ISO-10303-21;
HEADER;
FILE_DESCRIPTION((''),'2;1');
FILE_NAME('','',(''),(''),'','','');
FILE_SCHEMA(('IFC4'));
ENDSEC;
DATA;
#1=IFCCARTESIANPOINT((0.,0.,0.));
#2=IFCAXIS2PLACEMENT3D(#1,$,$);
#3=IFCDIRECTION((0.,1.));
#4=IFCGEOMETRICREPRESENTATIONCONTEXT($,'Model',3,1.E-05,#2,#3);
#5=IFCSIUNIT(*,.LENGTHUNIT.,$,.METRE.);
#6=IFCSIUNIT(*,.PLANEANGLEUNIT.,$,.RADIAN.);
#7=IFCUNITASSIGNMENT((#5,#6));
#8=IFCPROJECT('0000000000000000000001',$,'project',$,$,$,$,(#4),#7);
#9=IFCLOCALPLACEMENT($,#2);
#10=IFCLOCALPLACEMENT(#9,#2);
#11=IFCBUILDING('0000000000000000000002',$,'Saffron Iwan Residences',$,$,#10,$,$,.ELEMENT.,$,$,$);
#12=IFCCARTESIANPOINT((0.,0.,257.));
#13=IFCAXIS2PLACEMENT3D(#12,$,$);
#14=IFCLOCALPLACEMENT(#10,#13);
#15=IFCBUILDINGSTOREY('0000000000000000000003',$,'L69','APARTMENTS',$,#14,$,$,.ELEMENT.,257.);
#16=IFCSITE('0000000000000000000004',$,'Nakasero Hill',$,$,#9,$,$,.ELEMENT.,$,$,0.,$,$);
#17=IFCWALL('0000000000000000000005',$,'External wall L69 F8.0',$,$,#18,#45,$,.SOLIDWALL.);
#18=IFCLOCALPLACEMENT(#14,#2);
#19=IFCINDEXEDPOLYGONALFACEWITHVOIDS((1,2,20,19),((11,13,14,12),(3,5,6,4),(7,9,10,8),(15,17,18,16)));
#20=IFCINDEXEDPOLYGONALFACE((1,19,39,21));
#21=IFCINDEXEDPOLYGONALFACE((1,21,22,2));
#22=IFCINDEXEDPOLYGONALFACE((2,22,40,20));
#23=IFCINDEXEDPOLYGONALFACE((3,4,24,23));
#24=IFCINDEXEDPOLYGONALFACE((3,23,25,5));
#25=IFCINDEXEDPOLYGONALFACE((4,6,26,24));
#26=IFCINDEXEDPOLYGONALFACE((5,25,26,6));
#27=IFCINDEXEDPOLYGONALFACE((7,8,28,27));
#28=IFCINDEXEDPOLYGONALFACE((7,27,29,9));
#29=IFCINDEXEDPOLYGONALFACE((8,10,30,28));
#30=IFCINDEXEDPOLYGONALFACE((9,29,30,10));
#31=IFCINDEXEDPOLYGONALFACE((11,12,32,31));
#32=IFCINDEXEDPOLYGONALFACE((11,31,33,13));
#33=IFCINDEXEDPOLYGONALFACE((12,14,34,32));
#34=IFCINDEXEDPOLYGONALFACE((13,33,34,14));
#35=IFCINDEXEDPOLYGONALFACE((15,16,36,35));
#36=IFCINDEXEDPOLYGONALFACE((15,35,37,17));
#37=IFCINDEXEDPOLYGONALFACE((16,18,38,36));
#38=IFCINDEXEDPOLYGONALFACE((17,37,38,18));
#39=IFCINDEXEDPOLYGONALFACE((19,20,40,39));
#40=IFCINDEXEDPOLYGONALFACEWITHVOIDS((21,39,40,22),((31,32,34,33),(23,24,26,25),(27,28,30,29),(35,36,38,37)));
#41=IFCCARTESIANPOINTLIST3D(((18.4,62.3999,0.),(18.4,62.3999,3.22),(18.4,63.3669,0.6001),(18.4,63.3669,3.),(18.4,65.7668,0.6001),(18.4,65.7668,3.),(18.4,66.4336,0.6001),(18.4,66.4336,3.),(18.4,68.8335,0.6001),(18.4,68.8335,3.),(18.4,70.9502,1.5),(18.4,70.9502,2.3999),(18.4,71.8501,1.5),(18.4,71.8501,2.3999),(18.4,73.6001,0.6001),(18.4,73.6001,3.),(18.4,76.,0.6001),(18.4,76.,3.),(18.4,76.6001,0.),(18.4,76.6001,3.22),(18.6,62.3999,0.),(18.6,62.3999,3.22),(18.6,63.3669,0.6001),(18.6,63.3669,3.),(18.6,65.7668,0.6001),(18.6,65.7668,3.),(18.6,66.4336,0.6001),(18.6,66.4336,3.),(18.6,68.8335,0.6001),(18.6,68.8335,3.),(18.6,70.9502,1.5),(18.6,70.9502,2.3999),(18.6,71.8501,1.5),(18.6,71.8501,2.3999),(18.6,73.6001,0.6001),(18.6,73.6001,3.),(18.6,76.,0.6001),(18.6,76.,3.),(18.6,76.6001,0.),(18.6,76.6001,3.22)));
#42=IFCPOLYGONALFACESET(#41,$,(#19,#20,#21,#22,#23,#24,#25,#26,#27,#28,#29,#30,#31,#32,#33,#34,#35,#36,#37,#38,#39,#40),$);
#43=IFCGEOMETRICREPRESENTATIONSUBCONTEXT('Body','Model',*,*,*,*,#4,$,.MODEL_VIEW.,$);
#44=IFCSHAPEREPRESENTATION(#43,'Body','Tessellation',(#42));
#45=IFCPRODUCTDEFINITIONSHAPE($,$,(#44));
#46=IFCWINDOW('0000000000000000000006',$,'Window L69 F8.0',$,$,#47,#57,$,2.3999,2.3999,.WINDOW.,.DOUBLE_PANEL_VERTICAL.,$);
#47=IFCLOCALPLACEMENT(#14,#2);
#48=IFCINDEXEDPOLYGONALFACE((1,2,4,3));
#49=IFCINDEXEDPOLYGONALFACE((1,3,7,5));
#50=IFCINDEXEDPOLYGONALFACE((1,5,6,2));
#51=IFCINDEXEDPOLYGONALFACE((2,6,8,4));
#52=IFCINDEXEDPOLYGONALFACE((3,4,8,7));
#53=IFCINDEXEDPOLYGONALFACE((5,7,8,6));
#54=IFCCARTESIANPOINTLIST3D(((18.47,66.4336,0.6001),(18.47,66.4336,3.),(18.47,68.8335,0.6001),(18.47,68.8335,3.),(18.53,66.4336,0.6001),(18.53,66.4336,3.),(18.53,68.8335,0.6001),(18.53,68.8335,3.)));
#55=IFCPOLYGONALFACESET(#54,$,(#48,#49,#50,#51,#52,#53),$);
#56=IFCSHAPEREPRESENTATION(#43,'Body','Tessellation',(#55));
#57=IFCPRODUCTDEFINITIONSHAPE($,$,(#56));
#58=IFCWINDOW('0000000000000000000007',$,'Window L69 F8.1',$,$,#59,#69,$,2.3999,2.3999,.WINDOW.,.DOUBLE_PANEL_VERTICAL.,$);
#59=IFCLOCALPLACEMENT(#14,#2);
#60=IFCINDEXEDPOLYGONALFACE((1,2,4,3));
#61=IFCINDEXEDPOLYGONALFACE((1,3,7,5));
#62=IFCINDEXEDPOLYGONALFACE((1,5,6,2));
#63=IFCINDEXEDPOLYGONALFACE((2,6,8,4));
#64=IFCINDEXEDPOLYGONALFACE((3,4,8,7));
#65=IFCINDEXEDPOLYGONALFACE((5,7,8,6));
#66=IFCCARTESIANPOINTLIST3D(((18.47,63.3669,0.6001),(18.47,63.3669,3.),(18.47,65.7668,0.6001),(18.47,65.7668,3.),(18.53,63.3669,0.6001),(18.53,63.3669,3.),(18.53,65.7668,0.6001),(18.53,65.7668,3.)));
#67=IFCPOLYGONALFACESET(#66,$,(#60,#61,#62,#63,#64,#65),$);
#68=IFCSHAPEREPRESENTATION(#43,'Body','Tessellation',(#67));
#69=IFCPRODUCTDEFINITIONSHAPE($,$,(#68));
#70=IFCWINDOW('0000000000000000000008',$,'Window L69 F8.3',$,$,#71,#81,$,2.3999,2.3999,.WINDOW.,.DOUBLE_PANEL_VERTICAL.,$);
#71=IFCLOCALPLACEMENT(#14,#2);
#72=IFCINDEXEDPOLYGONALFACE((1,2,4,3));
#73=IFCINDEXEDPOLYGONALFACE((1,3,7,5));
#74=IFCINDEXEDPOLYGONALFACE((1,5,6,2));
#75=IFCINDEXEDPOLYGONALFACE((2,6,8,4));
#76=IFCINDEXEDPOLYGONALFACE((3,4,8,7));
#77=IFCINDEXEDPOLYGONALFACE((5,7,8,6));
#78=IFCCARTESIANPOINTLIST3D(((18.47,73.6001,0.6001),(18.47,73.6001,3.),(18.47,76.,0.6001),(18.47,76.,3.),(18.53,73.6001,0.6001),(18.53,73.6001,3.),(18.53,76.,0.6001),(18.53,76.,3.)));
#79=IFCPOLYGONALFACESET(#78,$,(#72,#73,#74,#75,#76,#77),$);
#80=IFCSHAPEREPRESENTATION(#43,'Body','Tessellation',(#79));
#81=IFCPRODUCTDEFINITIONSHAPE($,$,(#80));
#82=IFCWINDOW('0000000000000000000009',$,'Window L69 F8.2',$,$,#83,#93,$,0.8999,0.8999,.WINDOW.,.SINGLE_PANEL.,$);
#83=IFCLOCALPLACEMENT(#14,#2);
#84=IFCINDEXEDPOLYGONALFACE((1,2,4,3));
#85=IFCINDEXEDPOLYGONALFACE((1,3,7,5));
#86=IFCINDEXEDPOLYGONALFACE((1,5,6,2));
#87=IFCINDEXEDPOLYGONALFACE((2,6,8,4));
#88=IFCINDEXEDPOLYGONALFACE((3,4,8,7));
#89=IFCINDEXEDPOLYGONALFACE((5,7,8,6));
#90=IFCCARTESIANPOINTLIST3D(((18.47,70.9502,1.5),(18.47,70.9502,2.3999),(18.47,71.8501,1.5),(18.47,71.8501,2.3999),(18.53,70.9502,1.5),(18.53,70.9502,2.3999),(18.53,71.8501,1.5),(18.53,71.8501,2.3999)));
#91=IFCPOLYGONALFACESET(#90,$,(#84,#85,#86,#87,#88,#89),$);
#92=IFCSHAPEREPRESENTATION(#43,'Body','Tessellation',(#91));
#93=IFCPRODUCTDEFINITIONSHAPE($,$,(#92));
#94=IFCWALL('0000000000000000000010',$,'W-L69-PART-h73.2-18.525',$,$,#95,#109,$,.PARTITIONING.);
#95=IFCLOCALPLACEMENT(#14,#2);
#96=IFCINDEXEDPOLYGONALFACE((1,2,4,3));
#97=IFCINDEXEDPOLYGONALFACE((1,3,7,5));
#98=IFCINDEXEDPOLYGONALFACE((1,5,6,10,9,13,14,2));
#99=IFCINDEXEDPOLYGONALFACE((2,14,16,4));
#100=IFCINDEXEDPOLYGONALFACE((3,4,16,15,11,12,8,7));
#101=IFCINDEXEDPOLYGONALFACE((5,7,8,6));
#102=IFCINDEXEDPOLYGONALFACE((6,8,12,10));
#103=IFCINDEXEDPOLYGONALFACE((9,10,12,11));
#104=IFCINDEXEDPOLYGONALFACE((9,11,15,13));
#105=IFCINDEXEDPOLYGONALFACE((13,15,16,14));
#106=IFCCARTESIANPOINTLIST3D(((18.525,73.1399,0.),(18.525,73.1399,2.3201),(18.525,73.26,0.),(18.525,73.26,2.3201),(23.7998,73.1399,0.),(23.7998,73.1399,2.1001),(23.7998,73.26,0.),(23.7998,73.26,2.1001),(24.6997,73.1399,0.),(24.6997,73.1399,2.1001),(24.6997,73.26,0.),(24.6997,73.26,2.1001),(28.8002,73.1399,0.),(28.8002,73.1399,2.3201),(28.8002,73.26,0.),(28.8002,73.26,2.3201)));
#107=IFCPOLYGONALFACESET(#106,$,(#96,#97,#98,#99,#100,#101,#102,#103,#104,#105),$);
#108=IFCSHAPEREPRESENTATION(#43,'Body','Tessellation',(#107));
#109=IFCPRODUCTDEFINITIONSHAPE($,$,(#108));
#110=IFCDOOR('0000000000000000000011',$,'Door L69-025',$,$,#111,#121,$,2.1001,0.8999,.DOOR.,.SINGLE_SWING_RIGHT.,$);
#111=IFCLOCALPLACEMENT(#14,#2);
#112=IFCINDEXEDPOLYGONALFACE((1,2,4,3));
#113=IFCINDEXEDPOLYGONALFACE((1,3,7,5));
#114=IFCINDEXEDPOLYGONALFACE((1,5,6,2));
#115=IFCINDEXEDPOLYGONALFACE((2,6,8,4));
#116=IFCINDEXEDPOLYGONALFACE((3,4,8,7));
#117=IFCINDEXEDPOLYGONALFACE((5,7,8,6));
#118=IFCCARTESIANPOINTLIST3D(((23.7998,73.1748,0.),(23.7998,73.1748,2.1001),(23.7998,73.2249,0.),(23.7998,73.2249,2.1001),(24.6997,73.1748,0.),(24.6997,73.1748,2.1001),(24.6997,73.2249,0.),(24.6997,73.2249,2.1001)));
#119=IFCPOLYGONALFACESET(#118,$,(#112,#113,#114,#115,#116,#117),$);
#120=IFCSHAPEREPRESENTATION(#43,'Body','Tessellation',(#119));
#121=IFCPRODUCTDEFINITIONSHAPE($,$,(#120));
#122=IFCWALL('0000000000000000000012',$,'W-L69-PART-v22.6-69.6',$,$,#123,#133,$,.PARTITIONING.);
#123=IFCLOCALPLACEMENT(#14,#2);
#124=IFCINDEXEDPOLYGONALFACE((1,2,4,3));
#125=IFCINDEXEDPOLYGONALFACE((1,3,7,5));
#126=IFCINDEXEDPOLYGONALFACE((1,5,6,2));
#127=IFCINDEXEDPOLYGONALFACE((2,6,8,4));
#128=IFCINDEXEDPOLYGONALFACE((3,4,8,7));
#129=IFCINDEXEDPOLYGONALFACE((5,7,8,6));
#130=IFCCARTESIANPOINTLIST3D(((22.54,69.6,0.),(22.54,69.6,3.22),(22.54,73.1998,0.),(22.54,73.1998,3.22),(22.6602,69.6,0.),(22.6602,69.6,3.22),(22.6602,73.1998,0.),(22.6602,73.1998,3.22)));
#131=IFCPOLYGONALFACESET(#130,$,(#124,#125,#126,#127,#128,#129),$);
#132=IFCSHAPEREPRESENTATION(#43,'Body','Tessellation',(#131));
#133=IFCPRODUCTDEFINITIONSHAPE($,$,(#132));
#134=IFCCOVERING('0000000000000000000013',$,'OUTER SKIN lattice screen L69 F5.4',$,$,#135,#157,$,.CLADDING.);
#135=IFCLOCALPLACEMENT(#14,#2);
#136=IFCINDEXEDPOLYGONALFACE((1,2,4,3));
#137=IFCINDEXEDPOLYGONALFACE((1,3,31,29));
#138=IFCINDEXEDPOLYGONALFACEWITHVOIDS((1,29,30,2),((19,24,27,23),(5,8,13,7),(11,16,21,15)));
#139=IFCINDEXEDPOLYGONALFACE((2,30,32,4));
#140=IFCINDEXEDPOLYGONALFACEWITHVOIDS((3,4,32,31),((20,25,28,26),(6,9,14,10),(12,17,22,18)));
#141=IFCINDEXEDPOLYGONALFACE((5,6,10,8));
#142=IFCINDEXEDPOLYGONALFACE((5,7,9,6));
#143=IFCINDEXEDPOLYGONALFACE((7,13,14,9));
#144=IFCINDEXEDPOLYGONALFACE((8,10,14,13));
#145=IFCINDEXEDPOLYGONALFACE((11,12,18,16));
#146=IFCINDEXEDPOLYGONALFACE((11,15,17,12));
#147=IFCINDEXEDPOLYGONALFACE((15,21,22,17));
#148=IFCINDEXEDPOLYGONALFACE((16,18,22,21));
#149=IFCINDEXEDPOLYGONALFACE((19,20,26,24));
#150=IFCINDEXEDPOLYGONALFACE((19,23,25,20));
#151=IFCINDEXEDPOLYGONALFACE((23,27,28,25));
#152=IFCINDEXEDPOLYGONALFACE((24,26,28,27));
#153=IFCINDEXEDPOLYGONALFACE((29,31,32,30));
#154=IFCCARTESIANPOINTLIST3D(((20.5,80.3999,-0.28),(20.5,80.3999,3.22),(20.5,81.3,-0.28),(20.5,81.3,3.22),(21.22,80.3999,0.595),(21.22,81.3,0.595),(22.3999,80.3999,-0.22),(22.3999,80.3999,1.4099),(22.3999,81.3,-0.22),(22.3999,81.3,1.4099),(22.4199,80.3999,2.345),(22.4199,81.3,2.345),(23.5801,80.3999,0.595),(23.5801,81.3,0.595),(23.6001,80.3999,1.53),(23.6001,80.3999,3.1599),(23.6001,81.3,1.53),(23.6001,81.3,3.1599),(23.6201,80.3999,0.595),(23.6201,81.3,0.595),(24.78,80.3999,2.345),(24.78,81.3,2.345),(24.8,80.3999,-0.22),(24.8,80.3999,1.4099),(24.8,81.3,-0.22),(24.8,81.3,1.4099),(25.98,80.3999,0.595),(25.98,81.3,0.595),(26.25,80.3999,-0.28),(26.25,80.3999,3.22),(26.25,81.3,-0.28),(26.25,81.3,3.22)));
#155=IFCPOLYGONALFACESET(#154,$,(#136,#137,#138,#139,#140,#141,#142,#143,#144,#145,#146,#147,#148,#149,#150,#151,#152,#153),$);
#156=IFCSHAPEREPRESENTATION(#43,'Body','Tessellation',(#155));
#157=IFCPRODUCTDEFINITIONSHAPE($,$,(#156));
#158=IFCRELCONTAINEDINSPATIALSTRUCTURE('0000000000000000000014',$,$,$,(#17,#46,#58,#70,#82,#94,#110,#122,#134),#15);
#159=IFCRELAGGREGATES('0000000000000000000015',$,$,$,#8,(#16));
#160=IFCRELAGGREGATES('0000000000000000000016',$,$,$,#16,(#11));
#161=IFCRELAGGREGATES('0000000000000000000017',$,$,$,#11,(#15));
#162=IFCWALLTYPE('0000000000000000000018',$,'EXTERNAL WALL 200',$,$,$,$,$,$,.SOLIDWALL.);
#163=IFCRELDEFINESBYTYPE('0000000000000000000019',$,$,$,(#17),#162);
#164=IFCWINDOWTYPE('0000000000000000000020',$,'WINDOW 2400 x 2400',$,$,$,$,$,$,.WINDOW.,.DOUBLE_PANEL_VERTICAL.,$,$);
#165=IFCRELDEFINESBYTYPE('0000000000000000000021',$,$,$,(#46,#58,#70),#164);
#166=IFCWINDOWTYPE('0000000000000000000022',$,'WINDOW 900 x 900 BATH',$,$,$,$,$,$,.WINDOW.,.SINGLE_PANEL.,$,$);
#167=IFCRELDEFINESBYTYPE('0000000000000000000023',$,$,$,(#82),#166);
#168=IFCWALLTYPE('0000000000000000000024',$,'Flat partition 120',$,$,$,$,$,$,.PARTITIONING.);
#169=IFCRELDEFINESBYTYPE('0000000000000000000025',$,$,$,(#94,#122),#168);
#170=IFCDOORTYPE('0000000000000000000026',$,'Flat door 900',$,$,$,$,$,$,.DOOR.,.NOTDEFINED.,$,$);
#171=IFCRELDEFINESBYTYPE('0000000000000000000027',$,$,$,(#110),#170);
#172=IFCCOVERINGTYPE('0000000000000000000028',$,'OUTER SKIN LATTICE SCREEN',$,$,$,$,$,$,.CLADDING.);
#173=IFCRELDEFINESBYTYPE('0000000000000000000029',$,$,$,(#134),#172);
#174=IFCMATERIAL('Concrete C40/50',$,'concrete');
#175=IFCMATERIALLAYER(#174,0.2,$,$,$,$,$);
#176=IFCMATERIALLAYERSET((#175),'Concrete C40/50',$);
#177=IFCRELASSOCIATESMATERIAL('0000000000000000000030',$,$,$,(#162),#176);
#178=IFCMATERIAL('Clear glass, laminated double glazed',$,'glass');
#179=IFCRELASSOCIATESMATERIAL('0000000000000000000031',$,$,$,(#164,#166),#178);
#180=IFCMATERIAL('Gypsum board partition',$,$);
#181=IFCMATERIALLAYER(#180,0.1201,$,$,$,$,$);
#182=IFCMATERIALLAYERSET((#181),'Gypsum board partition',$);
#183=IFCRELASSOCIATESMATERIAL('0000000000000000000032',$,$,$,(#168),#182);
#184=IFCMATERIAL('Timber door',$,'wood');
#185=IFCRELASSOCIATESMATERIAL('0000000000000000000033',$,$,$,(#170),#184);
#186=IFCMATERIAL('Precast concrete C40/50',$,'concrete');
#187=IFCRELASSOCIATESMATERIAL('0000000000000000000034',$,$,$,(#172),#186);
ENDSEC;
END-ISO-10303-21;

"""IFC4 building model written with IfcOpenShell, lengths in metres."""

from ifc_helpers import new_model, si_unit, direction, frame, frame_2d, origin, place, context, subcontext, project, spatial, polyline, rectangle, outline, extrude, material, layer, layer_set, type_object, element, fill, save


model = new_model("IFC4")

# Units and contexts
model_context = context("Model", 3, precision=1e-05, world=origin(), true_north=direction((0.0, 1.0)))
body_context = subcontext(model_context, "Body", "Model", "MODEL_VIEW")
ifc_project = project(units=[si_unit("LENGTHUNIT", "METRE"), si_unit("PLANEANGLEUNIT", "RADIAN")], contexts=[model_context])

# Site, building, storey
site_placement = place(None, origin())
site = spatial("IfcSite", under=ifc_project, at=site_placement, Name="Nakasero Hill", CompositionType="ELEMENT", RefElevation=0.0)
building_placement = place(site_placement, origin())
building = spatial("IfcBuilding", under=site, at=building_placement, Name="Saffron Iwan Residences", CompositionType="ELEMENT")
storey_placement = place(building_placement, frame((0.0, 0.0, 257.0)))
storey = spatial("IfcBuildingStorey", under=building, at=storey_placement, Name="L69", Description="APARTMENTS", CompositionType="ELEMENT", Elevation=257.0)

# Shared definitions
ifc_material_1 = material(Name="Concrete C40/50", Category="concrete")

# Shared definitions
ifc_layer_1 = layer(ifc_material_1, 0.2)
ifc_layer_set_1 = layer_set([ifc_layer_1], Name="Concrete C40/50")
wall_type_1 = type_object("IfcWallType", Name="EXTERNAL WALL 200", PredefinedType="SOLIDWALL", material=ifc_layer_set_1)
ifc_material_2 = material(Name="Clear glass, laminated double glazed", Category="glass")
window_type_1 = type_object("IfcWindowType", Name="WINDOW 2400 x 2400", PartitioningType="DOUBLE_PANEL_VERTICAL", PredefinedType="WINDOW", material=ifc_material_2)

# Wall, openings, windows
wall_1_placement = place(storey_placement, frame((18.5, 76.6001, 0.0), z_axis=(0.0, 0.0, 1.0), x_axis=(0.0, -1.0, 0.0)))
wall_1 = element("IfcWall", 1, at=wall_1_placement, inside=storey, type_object=wall_type_1, Name="External wall L69 F8.0", PredefinedType="SOLIDWALL", context=body_context, shape_type="SweptSolid", body=[
    extrude(rectangle(XDim=14.2002, YDim=0.2, at=frame_2d((7.1001, 0.0))), origin(), (0.0, 0.0, 1.0), 3.22),
])
opening_1_placement = place(wall_1_placement, frame((7.7666, 0.0, 0.6001)))
opening_1 = element("IfcOpeningElement", 2, at=opening_1_placement, cuts=wall_1, PredefinedType="OPENING", context=body_context, shape_type="SweptSolid", body=[
    extrude(rectangle(XDim=2.3999, YDim=2.3999, at=frame_2d((1.2, 1.2))), frame((0.0, 0.1099, 0.0), z_axis=(0.0, -1.0, 0.0), x_axis=(1.0, 0.0, 0.0)), (0.0, 0.0, 1.0), 0.22),
])
opening_2_placement = place(wall_1_placement, frame((10.8333, 0.0, 0.6001)))
opening_2 = element("IfcOpeningElement", 3, at=opening_2_placement, cuts=wall_1, PredefinedType="OPENING", context=body_context, shape_type="SweptSolid", body=[
    extrude(rectangle(XDim=2.3999, YDim=2.3999, at=frame_2d((1.2, 1.2))), frame((0.0, 0.1099, 0.0), z_axis=(0.0, -1.0, 0.0), x_axis=(1.0, 0.0, 0.0)), (0.0, 0.0, 1.0), 0.22),
])
opening_3_placement = place(wall_1_placement, frame((4.75, 0.0, 1.5)))
opening_3 = element("IfcOpeningElement", 4, at=opening_3_placement, cuts=wall_1, PredefinedType="OPENING", context=body_context, shape_type="SweptSolid", body=[
    extrude(rectangle(XDim=0.8999, YDim=0.8999, at=frame_2d((0.45, 0.45))), frame((0.0, 0.1099, 0.0), z_axis=(0.0, -1.0, 0.0), x_axis=(1.0, 0.0, 0.0)), (0.0, 0.0, 1.0), 0.22),
])
opening_4_placement = place(wall_1_placement, frame((0.6001, 0.0, 0.6001)))
opening_4 = element("IfcOpeningElement", 5, at=opening_4_placement, cuts=wall_1, PredefinedType="OPENING", context=body_context, shape_type="SweptSolid", body=[
    extrude(rectangle(XDim=2.3999, YDim=2.3999, at=frame_2d((1.2, 1.2))), frame((0.0, 0.1099, 0.0), z_axis=(0.0, -1.0, 0.0), x_axis=(1.0, 0.0, 0.0)), (0.0, 0.0, 1.0), 0.22),
])
window_1_placement = place(opening_1_placement, origin())
window_1 = element("IfcWindow", 6, at=window_1_placement, inside=storey, type_object=window_type_1, Name="Window L69 F8.0", OverallHeight=2.3999, OverallWidth=2.3999, PartitioningType="DOUBLE_PANEL_VERTICAL", PredefinedType="WINDOW", context=body_context, shape_type="SweptSolid", body=[
    extrude(rectangle(XDim=2.3999, YDim=2.3999, at=frame_2d((1.2, 1.2))), frame((0.0, 0.03, 0.0), z_axis=(0.0, -1.0, 0.0), x_axis=(1.0, 0.0, 0.0)), (0.0, 0.0, 1.0), 0.0601),
])
fill(opening_1, window_1)
window_2_placement = place(opening_2_placement, origin())
window_2 = element("IfcWindow", 7, at=window_2_placement, inside=storey, type_object=window_type_1, Name="Window L69 F8.1", OverallHeight=2.3999, OverallWidth=2.3999, PartitioningType="DOUBLE_PANEL_VERTICAL", PredefinedType="WINDOW", context=body_context, shape_type="SweptSolid", body=[
    extrude(rectangle(XDim=2.3999, YDim=2.3999, at=frame_2d((1.2, 1.2))), frame((0.0, 0.03, 0.0), z_axis=(0.0, -1.0, 0.0), x_axis=(1.0, 0.0, 0.0)), (0.0, 0.0, 1.0), 0.0601),
])
fill(opening_2, window_2)
window_3_placement = place(opening_4_placement, origin())
window_3 = element("IfcWindow", 8, at=window_3_placement, inside=storey, type_object=window_type_1, Name="Window L69 F8.3", OverallHeight=2.3999, OverallWidth=2.3999, PartitioningType="DOUBLE_PANEL_VERTICAL", PredefinedType="WINDOW", context=body_context, shape_type="SweptSolid", body=[
    extrude(rectangle(XDim=2.3999, YDim=2.3999, at=frame_2d((1.2, 1.2))), frame((0.0, 0.03, 0.0), z_axis=(0.0, -1.0, 0.0), x_axis=(1.0, 0.0, 0.0)), (0.0, 0.0, 1.0), 0.0601),
])
fill(opening_4, window_3)
window_type_2 = type_object("IfcWindowType", Name="WINDOW 900 x 900 BATH", PartitioningType="SINGLE_PANEL", PredefinedType="WINDOW", material=ifc_material_2)
window_4_placement = place(opening_3_placement, origin())
window_4 = element("IfcWindow", 9, at=window_4_placement, inside=storey, type_object=window_type_2, Name="Window L69 F8.2", OverallHeight=0.8999, OverallWidth=0.8999, PartitioningType="SINGLE_PANEL", PredefinedType="WINDOW", context=body_context, shape_type="SweptSolid", body=[
    extrude(rectangle(XDim=0.8999, YDim=0.8999, at=frame_2d((0.45, 0.45))), frame((0.0, 0.03, 0.0), z_axis=(0.0, -1.0, 0.0), x_axis=(1.0, 0.0, 0.0)), (0.0, 0.0, 1.0), 0.0601),
])
fill(opening_3, window_4)

# Wall, opening, door
ifc_material_3 = material(Name="Gypsum board partition")
ifc_layer_2 = layer(ifc_material_3, 0.1201)
ifc_layer_set_2 = layer_set([ifc_layer_2], Name="Gypsum board partition")
wall_type_2 = type_object("IfcWallType", Name="Flat partition 120", PredefinedType="PARTITIONING", material=ifc_layer_set_2)
wall_2_placement = place(storey_placement, frame((18.5249, 73.2, 0.0), z_axis=(0.0, 0.0, 1.0), x_axis=(1.0, 0.0, 0.0)))
wall_2 = element("IfcWall", 10, at=wall_2_placement, inside=storey, type_object=wall_type_2, Name="W-L69-PART-h73.2-18.525", PredefinedType="PARTITIONING", context=body_context, shape_type="SweptSolid", body=[
    extrude(rectangle(XDim=10.2751, YDim=0.1201, at=frame_2d((5.1377, 0.0))), origin(), (0.0, 0.0, 1.0), 2.3201),
])
opening_5_placement = place(wall_2_placement, frame((5.2749, 0.0, 0.0)))
opening_5 = element("IfcOpeningElement", 11, at=opening_5_placement, cuts=wall_2, PredefinedType="OPENING", context=body_context, shape_type="SweptSolid", body=[
    extrude(rectangle(XDim=0.8999, YDim=2.1001, at=frame_2d((0.45, 1.05))), frame((0.0, 0.0701, 0.0), z_axis=(0.0, -1.0, 0.0), x_axis=(1.0, 0.0, 0.0)), (0.0, 0.0, 1.0), 0.1401),
])
ifc_material_4 = material(Name="Timber door", Category="wood")
door_type = type_object("IfcDoorType", Name="Flat door 900", OperationType="NOTDEFINED", PredefinedType="DOOR", material=ifc_material_4)
door_placement = place(opening_5_placement, origin())
door = element("IfcDoor", 12, at=door_placement, inside=storey, type_object=door_type, Name="Door L69-025", OperationType="SINGLE_SWING_RIGHT", OverallHeight=2.1001, OverallWidth=0.8999, PredefinedType="DOOR", context=body_context, shape_type="SweptSolid", body=[
    extrude(rectangle(XDim=0.8999, YDim=2.1001, at=frame_2d((0.45, 1.05))), frame((0.0, 0.0249, 0.0), z_axis=(0.0, -1.0, 0.0), x_axis=(1.0, 0.0, 0.0)), (0.0, 0.0, 1.0), 0.05),
])
fill(opening_5, door)

# Wall
wall_3_placement = place(storey_placement, frame((22.6001, 69.6001, 0.0), z_axis=(0.0, 0.0, 1.0), x_axis=(0.0, 1.0, 0.0)))
element("IfcWall", 13, at=wall_3_placement, inside=storey, type_object=wall_type_2, Name="W-L69-PART-v22.6-69.6", PredefinedType="PARTITIONING", context=body_context, shape_type="SweptSolid", body=[
    extrude(rectangle(XDim=3.5999, YDim=0.1201, at=frame_2d((1.7998, 0.0))), origin(), (0.0, 0.0, 1.0), 3.22),
])

# Covering
ifc_material_5 = material(Name="Precast concrete C40/50", Category="concrete")
covering_type_1 = type_object("IfcCoveringType", Name="OUTER SKIN LATTICE SCREEN", PredefinedType="CLADDING", material=ifc_material_5)
covering_1_placement = place(storey_placement, frame((26.25, 80.3999, -0.28), z_axis=(0.0, 1.0, 0.0), x_axis=(-1.0, 0.0, 0.0)))
element("IfcCovering", 14, at=covering_1_placement, inside=storey, type_object=covering_type_1, Name="OUTER SKIN lattice screen L69 F5.4", PredefinedType="CLADDING", context=body_context, shape_type="SweptSolid", body=[
    extrude(outline(polyline([(0.0, 0.0), (5.75, 0.0), (5.75, 3.5), (0.0, 3.5), (0.0, 0.0)]), holes=[polyline([(0.27, 0.875), (1.45, 0.0601), (2.6299, 0.875), (1.45, 1.6899), (0.27, 0.875)]), polyline([(2.6699, 0.875), (3.8501, 0.0601), (5.03, 0.875), (3.8501, 1.6899), (2.6699, 0.875)]), polyline([(1.47, 2.625), (2.6499, 1.8101), (3.8301, 2.625), (2.6499, 3.4399), (1.47, 2.625)])]), origin(), (0.0, 0.0, 1.0), 0.9001),
])

save(model, "model.ifc")
